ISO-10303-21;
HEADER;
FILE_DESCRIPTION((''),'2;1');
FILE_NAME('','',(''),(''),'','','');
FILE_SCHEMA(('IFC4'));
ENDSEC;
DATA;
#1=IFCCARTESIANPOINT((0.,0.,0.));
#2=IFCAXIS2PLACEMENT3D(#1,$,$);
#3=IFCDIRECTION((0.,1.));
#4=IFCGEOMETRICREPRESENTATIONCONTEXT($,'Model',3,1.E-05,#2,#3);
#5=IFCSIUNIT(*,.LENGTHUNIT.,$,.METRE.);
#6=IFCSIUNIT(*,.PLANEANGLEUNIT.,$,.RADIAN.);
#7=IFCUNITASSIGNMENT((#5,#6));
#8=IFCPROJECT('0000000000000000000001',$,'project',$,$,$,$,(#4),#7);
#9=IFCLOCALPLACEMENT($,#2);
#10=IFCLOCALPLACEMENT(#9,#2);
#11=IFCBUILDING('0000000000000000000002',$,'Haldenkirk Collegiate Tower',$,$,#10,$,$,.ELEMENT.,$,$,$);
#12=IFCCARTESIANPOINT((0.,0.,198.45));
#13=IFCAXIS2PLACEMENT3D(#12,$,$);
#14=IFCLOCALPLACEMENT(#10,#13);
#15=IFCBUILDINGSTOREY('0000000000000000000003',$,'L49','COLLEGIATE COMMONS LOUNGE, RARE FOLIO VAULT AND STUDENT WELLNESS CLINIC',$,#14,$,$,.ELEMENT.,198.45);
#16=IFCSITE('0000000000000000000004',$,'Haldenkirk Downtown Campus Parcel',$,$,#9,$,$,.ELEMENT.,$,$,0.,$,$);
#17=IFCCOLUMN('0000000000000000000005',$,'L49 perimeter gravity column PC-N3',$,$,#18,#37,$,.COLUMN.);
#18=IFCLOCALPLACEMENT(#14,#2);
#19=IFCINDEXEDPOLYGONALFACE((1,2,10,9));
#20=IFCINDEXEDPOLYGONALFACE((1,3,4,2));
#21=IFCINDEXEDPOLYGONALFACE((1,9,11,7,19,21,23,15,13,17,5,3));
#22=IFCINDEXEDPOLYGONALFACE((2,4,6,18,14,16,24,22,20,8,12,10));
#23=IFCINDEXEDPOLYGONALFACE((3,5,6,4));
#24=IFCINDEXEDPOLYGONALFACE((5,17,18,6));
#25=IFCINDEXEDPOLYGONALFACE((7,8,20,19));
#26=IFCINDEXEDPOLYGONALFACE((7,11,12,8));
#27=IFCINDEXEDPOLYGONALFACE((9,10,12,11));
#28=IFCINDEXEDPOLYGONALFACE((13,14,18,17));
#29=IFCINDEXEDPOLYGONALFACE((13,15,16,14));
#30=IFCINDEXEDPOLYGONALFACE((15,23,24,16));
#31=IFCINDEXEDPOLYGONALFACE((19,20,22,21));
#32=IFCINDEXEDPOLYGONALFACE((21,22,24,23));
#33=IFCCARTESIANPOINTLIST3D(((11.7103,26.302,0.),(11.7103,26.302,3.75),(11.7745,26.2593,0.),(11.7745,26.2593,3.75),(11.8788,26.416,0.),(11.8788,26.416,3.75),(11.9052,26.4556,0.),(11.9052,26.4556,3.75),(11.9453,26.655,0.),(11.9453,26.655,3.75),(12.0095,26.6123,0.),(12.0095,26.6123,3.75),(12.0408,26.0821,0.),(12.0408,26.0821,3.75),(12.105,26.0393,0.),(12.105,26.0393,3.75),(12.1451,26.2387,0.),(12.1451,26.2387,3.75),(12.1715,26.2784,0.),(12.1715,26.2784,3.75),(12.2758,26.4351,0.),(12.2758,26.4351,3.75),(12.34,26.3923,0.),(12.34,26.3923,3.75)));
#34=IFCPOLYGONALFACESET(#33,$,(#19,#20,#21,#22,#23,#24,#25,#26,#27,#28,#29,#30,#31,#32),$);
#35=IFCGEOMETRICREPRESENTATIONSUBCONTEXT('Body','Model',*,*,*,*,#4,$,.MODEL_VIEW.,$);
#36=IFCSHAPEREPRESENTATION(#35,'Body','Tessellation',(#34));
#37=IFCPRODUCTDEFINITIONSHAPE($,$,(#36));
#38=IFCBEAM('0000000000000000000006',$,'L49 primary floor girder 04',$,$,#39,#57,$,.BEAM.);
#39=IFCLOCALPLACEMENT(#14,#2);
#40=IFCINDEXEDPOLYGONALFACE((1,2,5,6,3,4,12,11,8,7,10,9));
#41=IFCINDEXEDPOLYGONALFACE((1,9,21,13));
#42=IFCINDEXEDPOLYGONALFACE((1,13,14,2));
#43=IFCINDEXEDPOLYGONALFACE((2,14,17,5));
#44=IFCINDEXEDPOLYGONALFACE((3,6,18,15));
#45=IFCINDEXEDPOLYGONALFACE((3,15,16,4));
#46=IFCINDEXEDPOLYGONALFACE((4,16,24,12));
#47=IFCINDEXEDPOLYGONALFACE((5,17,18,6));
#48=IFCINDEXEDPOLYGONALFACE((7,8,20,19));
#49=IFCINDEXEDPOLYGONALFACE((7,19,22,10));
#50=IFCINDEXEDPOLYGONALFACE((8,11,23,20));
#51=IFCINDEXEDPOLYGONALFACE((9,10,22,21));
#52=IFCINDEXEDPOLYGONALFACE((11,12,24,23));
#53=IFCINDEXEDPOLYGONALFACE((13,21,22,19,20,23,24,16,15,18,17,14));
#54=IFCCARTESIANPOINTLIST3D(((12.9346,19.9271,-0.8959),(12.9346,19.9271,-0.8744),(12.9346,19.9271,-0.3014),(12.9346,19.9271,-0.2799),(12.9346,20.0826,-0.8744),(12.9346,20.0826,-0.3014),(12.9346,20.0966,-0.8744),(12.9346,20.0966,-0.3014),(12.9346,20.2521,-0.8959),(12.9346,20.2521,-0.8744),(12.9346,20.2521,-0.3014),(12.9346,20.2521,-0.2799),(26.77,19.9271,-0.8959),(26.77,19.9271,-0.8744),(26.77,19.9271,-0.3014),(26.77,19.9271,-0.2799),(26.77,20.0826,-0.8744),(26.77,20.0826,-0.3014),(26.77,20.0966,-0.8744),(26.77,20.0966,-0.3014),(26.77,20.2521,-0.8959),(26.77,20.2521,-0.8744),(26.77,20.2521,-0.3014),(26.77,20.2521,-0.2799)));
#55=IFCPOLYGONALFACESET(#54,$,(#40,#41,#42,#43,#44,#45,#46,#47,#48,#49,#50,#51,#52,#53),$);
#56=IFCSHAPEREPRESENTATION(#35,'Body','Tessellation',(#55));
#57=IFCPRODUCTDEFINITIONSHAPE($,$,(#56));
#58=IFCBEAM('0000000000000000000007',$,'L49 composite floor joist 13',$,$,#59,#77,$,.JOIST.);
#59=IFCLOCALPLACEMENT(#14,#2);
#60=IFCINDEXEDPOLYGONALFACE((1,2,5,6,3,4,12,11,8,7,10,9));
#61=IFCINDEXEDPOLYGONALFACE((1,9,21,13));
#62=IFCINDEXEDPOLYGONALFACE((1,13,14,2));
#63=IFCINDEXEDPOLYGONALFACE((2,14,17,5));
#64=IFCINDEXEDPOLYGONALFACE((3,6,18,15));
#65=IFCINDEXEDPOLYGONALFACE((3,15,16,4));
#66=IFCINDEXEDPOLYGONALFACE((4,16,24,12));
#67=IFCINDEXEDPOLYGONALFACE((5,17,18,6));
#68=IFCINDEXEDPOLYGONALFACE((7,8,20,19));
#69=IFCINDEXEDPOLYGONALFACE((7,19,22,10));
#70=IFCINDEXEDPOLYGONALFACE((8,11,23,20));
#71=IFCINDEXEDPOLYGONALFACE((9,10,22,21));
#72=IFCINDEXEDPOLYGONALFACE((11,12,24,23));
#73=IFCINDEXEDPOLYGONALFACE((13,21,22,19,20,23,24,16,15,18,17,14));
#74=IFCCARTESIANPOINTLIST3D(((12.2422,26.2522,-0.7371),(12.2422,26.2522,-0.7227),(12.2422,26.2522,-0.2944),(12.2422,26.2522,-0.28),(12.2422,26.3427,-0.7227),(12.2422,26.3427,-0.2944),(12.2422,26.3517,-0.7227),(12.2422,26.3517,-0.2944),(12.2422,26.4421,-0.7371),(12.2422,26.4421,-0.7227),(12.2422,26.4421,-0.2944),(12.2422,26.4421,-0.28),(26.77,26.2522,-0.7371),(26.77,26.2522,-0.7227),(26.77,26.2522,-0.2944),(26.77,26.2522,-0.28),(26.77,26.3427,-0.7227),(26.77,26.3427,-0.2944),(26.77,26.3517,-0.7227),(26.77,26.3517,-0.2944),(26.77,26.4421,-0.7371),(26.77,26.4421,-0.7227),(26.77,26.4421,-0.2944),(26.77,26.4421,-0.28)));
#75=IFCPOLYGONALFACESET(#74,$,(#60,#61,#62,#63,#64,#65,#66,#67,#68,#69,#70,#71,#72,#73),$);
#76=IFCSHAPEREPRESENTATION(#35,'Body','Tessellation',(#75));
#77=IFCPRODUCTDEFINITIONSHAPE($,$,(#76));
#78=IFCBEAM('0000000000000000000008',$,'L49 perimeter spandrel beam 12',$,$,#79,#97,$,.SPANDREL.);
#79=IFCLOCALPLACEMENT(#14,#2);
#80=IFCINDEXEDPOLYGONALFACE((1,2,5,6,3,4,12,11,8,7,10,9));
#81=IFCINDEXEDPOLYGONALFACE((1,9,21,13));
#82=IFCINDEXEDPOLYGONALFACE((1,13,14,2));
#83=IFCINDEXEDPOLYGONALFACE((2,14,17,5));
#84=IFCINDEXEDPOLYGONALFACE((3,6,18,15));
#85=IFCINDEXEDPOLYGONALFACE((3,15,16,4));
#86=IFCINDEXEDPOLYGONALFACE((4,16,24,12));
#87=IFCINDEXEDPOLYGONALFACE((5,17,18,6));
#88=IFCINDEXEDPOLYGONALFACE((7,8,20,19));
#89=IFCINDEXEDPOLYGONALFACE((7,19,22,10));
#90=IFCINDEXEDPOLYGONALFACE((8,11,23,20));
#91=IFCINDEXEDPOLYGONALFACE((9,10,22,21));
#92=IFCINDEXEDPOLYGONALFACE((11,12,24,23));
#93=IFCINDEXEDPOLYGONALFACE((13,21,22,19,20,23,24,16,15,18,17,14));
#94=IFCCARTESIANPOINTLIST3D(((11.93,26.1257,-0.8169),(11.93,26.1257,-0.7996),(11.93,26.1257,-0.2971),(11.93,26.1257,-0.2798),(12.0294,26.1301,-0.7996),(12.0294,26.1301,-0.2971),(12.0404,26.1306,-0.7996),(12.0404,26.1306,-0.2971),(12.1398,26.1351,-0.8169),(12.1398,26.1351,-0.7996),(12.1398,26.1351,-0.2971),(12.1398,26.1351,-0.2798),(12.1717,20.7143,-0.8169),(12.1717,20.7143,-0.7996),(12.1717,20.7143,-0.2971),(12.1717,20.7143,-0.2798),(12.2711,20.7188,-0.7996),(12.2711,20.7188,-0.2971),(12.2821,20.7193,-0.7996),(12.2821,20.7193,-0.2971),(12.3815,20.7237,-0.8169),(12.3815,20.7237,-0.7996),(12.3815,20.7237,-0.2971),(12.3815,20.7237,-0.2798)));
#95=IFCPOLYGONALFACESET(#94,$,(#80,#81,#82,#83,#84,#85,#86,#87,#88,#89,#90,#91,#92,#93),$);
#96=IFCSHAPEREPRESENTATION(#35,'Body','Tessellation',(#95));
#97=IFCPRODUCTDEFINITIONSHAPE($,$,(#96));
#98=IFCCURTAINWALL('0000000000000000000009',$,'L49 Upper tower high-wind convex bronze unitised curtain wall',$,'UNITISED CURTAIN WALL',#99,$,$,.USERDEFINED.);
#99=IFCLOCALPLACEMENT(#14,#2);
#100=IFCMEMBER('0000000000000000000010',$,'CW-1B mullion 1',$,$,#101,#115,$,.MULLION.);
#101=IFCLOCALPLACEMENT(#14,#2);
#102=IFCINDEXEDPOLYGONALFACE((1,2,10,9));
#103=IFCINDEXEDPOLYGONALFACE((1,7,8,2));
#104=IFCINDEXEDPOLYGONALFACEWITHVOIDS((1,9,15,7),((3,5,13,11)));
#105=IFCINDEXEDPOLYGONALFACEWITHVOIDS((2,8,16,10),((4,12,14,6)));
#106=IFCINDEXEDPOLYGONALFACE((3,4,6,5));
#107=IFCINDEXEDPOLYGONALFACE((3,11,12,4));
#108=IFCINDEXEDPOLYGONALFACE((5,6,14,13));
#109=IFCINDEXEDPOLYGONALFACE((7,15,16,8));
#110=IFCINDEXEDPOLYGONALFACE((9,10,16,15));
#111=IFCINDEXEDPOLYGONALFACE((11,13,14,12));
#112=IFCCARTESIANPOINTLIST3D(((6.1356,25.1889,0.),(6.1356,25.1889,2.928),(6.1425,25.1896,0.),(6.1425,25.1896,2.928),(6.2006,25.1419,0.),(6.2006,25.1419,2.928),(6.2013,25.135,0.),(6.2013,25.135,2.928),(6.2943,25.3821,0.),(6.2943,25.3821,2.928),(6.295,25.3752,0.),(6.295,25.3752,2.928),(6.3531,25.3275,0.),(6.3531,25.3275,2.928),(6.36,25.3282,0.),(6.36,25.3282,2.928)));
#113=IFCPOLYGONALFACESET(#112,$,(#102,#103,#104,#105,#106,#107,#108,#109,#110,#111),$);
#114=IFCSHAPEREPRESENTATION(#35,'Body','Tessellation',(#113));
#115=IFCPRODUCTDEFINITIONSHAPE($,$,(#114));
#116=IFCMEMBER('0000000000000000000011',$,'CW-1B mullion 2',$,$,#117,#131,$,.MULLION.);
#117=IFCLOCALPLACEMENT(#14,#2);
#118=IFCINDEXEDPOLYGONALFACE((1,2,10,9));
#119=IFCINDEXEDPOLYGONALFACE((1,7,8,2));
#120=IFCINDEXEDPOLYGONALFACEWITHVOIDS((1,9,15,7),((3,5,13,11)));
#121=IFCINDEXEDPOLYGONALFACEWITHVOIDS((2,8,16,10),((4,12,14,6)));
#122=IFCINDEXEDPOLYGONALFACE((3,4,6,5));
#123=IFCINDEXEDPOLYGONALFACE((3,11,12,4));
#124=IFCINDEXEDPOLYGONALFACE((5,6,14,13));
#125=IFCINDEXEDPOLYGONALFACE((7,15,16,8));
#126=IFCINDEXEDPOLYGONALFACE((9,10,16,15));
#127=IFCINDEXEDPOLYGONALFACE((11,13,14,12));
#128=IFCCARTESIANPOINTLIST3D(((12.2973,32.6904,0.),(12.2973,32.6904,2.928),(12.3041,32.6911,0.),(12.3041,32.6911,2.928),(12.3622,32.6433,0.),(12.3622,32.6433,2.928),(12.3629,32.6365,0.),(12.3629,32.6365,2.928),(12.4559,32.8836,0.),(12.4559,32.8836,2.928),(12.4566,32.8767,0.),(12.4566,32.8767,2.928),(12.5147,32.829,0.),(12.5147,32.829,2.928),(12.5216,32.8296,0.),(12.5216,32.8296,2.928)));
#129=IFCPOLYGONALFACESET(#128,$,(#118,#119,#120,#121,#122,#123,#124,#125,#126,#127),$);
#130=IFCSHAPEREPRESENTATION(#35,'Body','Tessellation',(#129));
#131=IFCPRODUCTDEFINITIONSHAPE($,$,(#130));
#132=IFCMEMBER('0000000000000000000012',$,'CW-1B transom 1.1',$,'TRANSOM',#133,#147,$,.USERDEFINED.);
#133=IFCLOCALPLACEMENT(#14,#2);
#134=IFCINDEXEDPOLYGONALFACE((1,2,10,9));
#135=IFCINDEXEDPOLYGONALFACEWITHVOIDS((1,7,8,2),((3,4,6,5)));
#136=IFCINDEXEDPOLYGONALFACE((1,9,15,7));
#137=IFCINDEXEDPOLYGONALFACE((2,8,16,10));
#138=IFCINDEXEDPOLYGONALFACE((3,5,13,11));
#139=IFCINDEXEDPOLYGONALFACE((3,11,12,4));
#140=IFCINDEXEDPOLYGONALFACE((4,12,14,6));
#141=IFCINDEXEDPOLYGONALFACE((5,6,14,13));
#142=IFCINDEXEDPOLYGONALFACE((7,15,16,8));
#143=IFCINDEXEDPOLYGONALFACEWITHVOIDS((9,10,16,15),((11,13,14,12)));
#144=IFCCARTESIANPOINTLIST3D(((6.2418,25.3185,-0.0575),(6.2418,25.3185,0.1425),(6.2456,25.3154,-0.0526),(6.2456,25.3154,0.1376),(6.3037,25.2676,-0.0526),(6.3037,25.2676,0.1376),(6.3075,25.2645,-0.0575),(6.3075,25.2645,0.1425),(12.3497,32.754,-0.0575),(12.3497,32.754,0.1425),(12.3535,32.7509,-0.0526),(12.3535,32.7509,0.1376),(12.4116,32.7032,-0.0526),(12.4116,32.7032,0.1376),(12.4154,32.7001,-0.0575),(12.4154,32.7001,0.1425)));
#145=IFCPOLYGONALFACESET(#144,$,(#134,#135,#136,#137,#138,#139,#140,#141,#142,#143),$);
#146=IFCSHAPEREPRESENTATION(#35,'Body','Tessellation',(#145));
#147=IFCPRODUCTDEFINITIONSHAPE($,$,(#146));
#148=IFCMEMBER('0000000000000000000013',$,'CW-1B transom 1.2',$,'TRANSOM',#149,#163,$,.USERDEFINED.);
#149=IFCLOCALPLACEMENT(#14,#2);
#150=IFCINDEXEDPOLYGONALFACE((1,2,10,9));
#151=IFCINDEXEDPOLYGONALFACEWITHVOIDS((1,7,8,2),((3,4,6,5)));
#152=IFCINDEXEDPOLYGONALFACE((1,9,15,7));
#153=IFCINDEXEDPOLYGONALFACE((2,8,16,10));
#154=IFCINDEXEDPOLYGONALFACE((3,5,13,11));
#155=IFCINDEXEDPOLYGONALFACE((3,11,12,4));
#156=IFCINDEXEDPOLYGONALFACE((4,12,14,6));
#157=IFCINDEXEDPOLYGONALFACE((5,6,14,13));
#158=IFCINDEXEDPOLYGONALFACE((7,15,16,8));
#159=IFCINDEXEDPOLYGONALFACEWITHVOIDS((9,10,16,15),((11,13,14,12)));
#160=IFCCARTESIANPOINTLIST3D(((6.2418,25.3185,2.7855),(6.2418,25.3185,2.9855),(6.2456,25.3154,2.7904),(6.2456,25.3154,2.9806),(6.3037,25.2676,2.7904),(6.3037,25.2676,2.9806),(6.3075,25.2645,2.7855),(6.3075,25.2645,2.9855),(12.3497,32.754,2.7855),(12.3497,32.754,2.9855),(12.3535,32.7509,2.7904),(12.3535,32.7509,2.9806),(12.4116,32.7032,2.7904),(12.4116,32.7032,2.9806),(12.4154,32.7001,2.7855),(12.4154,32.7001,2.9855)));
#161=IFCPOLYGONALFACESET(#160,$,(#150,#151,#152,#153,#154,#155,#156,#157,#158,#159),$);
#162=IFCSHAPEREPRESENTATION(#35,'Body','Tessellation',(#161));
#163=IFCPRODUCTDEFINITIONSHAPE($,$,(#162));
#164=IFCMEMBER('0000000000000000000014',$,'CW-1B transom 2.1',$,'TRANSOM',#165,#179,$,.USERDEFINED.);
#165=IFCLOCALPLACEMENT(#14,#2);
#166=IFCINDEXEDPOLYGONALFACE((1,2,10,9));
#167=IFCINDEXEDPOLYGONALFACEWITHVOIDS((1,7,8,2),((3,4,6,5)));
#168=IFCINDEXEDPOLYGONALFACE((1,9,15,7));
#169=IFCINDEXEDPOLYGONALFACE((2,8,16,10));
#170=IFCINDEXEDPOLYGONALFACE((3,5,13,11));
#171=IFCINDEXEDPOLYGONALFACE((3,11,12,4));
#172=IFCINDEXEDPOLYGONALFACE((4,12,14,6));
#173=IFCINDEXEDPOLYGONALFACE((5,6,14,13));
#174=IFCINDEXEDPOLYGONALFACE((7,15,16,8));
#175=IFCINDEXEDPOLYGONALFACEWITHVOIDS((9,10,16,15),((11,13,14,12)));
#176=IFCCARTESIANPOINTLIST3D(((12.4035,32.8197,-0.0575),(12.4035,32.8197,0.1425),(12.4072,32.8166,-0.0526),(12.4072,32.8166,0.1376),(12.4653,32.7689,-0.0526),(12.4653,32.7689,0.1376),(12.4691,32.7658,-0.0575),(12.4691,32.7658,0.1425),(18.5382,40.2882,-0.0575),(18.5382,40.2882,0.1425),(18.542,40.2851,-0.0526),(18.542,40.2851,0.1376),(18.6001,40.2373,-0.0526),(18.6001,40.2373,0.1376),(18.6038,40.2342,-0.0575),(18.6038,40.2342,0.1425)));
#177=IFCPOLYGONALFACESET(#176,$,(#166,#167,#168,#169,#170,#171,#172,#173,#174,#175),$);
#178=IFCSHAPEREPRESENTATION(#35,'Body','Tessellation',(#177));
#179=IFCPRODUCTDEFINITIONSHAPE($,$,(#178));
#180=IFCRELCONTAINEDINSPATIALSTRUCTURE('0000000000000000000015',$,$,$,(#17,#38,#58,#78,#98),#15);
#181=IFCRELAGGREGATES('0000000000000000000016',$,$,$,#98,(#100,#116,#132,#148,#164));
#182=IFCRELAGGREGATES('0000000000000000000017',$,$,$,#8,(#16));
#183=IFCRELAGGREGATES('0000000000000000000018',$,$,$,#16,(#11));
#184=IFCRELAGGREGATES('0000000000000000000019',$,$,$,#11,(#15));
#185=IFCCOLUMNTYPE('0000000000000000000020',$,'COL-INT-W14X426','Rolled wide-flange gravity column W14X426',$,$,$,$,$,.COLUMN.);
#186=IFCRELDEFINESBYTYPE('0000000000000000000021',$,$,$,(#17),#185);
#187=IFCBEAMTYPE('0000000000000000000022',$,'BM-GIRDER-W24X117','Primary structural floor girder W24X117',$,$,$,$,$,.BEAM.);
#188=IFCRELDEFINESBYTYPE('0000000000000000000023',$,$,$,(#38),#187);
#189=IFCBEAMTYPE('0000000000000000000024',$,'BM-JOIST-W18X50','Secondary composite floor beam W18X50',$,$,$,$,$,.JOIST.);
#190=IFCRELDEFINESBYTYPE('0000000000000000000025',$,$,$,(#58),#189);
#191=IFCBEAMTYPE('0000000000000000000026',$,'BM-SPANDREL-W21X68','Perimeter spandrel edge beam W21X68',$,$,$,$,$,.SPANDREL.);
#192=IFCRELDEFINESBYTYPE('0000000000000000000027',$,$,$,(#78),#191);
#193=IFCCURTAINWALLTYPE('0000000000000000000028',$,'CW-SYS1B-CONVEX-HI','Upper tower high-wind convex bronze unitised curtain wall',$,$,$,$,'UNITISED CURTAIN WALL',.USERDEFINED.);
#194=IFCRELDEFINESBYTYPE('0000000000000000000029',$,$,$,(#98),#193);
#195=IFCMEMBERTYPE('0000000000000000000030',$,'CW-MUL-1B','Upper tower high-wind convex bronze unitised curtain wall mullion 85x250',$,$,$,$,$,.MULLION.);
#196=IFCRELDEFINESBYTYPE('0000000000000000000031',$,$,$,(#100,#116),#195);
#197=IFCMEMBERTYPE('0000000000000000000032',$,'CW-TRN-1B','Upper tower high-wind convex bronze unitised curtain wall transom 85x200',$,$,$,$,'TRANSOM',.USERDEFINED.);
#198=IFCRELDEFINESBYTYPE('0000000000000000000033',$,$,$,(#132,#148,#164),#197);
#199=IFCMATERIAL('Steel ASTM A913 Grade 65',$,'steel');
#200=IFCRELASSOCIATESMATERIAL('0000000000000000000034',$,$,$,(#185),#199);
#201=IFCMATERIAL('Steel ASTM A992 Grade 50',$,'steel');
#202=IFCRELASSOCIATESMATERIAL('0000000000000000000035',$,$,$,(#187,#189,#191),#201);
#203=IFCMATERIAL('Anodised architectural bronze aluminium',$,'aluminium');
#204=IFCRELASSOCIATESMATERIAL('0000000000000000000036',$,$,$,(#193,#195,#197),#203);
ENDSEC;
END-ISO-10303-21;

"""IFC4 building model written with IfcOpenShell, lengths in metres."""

from ifc_helpers import new_model, si_unit, direction, frame, origin, origin_2d, place, context, subcontext, project, spatial, hollow_rectangle, i_section, extrude, material, material_profile, profile_set, type_object, element, aggregate, save


model = new_model("IFC4")

# Units and contexts
model_context = context("Model", 3, precision=1e-05, world=origin(), true_north=direction((0.0, 1.0)))
body_context = subcontext(model_context, "Body", "Model", "MODEL_VIEW")
ifc_project = project(units=[si_unit("LENGTHUNIT", "METRE"), si_unit("PLANEANGLEUNIT", "RADIAN")], contexts=[model_context])

# Site, building, storey
site_placement = place(None, origin())
site = spatial("IfcSite", under=ifc_project, at=site_placement, Name="Haldenkirk Downtown Campus Parcel", CompositionType="ELEMENT", RefElevation=0.0)
building_placement = place(site_placement, origin())
building = spatial("IfcBuilding", under=site, at=building_placement, Name="Haldenkirk Collegiate Tower", CompositionType="ELEMENT")
storey_placement = place(building_placement, frame((0.0, 0.0, 198.45)))
storey = spatial("IfcBuildingStorey", under=building, at=storey_placement, Name="L49", Description="COLLEGIATE COMMONS LOUNGE, RARE FOLIO VAULT AND STUDENT WELLNESS CLINIC", CompositionType="ELEMENT", Elevation=198.45)

# Column
ifc_material_1 = material(Name="Steel ASTM A913 Grade 65", Category="steel")
ifc_material_profile_1 = material_profile(ifc_material_1, i_section(OverallWidth=0.4241, OverallDepth=0.4741, WebThickness=0.0476, FlangeThickness=0.0771, at=origin_2d()), Name="W14X426")
ifc_profile_set_1 = profile_set([ifc_material_profile_1], Name="Steel ASTM A913 Grade 65")
column_type = type_object("IfcColumnType", Name="COL-INT-W14X426", Description="Rolled wide-flange gravity column W14X426", PredefinedType="COLUMN", material=ifc_profile_set_1)
column_placement = place(storey_placement, frame((12.0251, 26.3472, 0.0), z_axis=(0.0, 0.0, 1.0), x_axis=(0.554118, 0.832438, 0.0)))
element("IfcColumn", 1, at=column_placement, inside=storey, type_object=column_type, Name="L49 perimeter gravity column PC-N3", PredefinedType="COLUMN", context=body_context, shape_type="SweptSolid", body=[
    extrude(i_section(OverallWidth=0.4241, OverallDepth=0.4741, WebThickness=0.0476, FlangeThickness=0.0771, at=origin_2d()), origin(), (0.0, 0.0, 1.0), 3.75),
])

# Beams
ifc_material_2 = material(Name="Steel ASTM A992 Grade 50", Category="steel")
ifc_material_profile_2 = material_profile(ifc_material_2, i_section(OverallWidth=0.325, OverallDepth=0.616, WebThickness=0.0139, FlangeThickness=0.0215, at=origin_2d()), Name="W24X117")
ifc_profile_set_2 = profile_set([ifc_material_profile_2], Name="Steel ASTM A992 Grade 50")
beam_type_1 = type_object("IfcBeamType", Name="BM-GIRDER-W24X117", Description="Primary structural floor girder W24X117", PredefinedType="BEAM", material=ifc_profile_set_2)
beam_1_placement = place(storey_placement, frame((12.9346, 20.0896, -0.5879), z_axis=(1.0, 0.0, 0.0), x_axis=(0.0, 1.0, 0.0)))
element("IfcBeam", 2, at=beam_1_placement, inside=storey, type_object=beam_type_1, Name="L49 primary floor girder 04", PredefinedType="BEAM", context=body_context, shape_type="SweptSolid", body=[
    extrude(i_section(OverallWidth=0.325, OverallDepth=0.616, WebThickness=0.0139, FlangeThickness=0.0215, at=origin_2d()), origin(), (0.0, 0.0, 1.0), 13.8354),
])
ifc_material_profile_3 = material_profile(ifc_material_2, i_section(OverallWidth=0.1899, OverallDepth=0.457, WebThickness=0.009, FlangeThickness=0.0144, at=origin_2d()), Name="W18X50")
ifc_profile_set_3 = profile_set([ifc_material_profile_3], Name="Steel ASTM A992 Grade 50")
beam_type_2 = type_object("IfcBeamType", Name="BM-JOIST-W18X50", Description="Secondary composite floor beam W18X50", PredefinedType="JOIST", material=ifc_profile_set_3)
beam_2_placement = place(storey_placement, frame((12.2422, 26.3472, -0.5085), z_axis=(1.0, 0.0, 0.0), x_axis=(0.0, 1.0, 0.0)))
element("IfcBeam", 3, at=beam_2_placement, inside=storey, type_object=beam_type_2, Name="L49 composite floor joist 13", PredefinedType="JOIST", context=body_context, shape_type="SweptSolid", body=[
    extrude(i_section(OverallWidth=0.1899, OverallDepth=0.457, WebThickness=0.009, FlangeThickness=0.0144, at=origin_2d()), origin(), (0.0, 0.0, 1.0), 14.5278),
])
ifc_material_profile_4 = material_profile(ifc_material_2, i_section(OverallWidth=0.21, OverallDepth=0.5371, WebThickness=0.011, FlangeThickness=0.0173, at=origin_2d()), Name="W21X68")
ifc_profile_set_4 = profile_set([ifc_material_profile_4], Name="Steel ASTM A992 Grade 50")
beam_type_3 = type_object("IfcBeamType", Name="BM-SPANDREL-W21X68", Description="Perimeter spandrel edge beam W21X68", PredefinedType="SPANDREL", material=ifc_profile_set_4)
beam_3_placement = place(storey_placement, frame((12.0349, 26.1304, -0.5483), z_axis=(0.044621, -0.999004, 0.0), x_axis=(0.999004, 0.044621, 0.0)))
element("IfcBeam", 4, at=beam_3_placement, inside=storey, type_object=beam_type_3, Name="L49 perimeter spandrel beam 12", PredefinedType="SPANDREL", context=body_context, shape_type="SweptSolid", body=[
    extrude(i_section(OverallWidth=0.21, OverallDepth=0.5371, WebThickness=0.011, FlangeThickness=0.0173, at=origin_2d()), origin(), (0.0, 0.0, 1.0), 5.4167),
])

# Curtain wall, members
ifc_material_3 = material(Name="Anodised architectural bronze aluminium", Category="aluminium")
curtain_wall_type = type_object("IfcCurtainWallType", Name="CW-SYS1B-CONVEX-HI", Description="Upper tower high-wind convex bronze unitised curtain wall", ElementType="UNITISED CURTAIN WALL", PredefinedType="USERDEFINED", material=ifc_material_3)
curtain_wall_placement = place(storey_placement, origin())
curtain_wall = element("IfcCurtainWall", 5, at=curtain_wall_placement, inside=storey, type_object=curtain_wall_type, Name="L49 Upper tower high-wind convex bronze unitised curtain wall", ObjectType="UNITISED CURTAIN WALL", PredefinedType="USERDEFINED")
ifc_material_profile_5 = material_profile(ifc_material_3, hollow_rectangle(XDim=0.085, YDim=0.25, WallThickness=0.0049, at=origin_2d()), Name="CW-MUL-1B")
ifc_profile_set_5 = profile_set([ifc_material_profile_5], Name="Anodised architectural bronze aluminium")
member_type_1 = type_object("IfcMemberType", Name="CW-MUL-1B", Description="Upper tower high-wind convex bronze unitised curtain wall mullion 85x250", PredefinedType="MULLION", material=ifc_profile_set_5)
member_1_placement = place(storey_placement, frame((6.2478, 25.2585, 0.0), z_axis=(0.0, 0.0, 1.0), x_axis=(-0.772732, 0.634732, 0.0)))
member_1 = element("IfcMember", 6, at=member_1_placement, type_object=member_type_1, Name="CW-1B mullion 1", PredefinedType="MULLION", context=body_context, shape_type="SweptSolid", body=[
    extrude(hollow_rectangle(XDim=0.085, YDim=0.25, WallThickness=0.0049, at=origin_2d()), origin(), (0.0, 0.0, 1.0), 2.928),
])
member_2_placement = place(storey_placement, frame((12.4094, 32.76, 0.0), z_axis=(0.0, 0.0, 1.0), x_axis=(-0.772732, 0.634732, 0.0)))
member_2 = element("IfcMember", 7, at=member_2_placement, type_object=member_type_1, Name="CW-1B mullion 2", PredefinedType="MULLION", context=body_context, shape_type="SweptSolid", body=[
    extrude(hollow_rectangle(XDim=0.085, YDim=0.25, WallThickness=0.0049, at=origin_2d()), origin(), (0.0, 0.0, 1.0), 2.928),
])
ifc_material_profile_6 = material_profile(ifc_material_3, hollow_rectangle(XDim=0.085, YDim=0.2, WallThickness=0.0049, at=origin_2d()), Name="CW-TRN-1B")
ifc_profile_set_6 = profile_set([ifc_material_profile_6], Name="Anodised architectural bronze aluminium")
member_type_2 = type_object("IfcMemberType", Name="CW-TRN-1B", Description="Upper tower high-wind convex bronze unitised curtain wall transom 85x200", ElementType="TRANSOM", PredefinedType="USERDEFINED", material=ifc_profile_set_6)
member_3_placement = place(storey_placement, frame((6.2747, 25.2915, 0.0425), z_axis=(0.634748, 0.772719, 0.0), x_axis=(-0.772719, 0.634748, 0.0)))
member_3 = element("IfcMember", 8, at=member_3_placement, type_object=member_type_2, Name="CW-1B transom 1.1", ObjectType="TRANSOM", PredefinedType="USERDEFINED", context=body_context, shape_type="SweptSolid", body=[
    extrude(hollow_rectangle(XDim=0.085, YDim=0.2, WallThickness=0.0049, at=origin_2d()), origin(), (0.0, 0.0, 1.0), 9.6226),
])
member_4_placement = place(storey_placement, frame((6.2747, 25.2915, 2.8855), z_axis=(0.634748, 0.772719, 0.0), x_axis=(-0.772719, 0.634748, 0.0)))
member_4 = element("IfcMember", 9, at=member_4_placement, type_object=member_type_2, Name="CW-1B transom 1.2", ObjectType="TRANSOM", PredefinedType="USERDEFINED", context=body_context, shape_type="SweptSolid", body=[
    extrude(hollow_rectangle(XDim=0.085, YDim=0.2, WallThickness=0.0049, at=origin_2d()), origin(), (0.0, 0.0, 1.0), 9.6226),
])
member_5_placement = place(storey_placement, frame((12.4363, 32.7927, 0.0425), z_axis=(0.634735, 0.77273, 0.0), x_axis=(-0.77273, 0.634735, 0.0)))
member_5 = element("IfcMember", 10, at=member_5_placement, type_object=member_type_2, Name="CW-1B transom 2.1", ObjectType="TRANSOM", PredefinedType="USERDEFINED", context=body_context, shape_type="SweptSolid", body=[
    extrude(hollow_rectangle(XDim=0.085, YDim=0.2, WallThickness=0.0049, at=origin_2d()), origin(), (0.0, 0.0, 1.0), 9.665),
])
aggregate(curtain_wall, [member_1, member_2, member_3, member_4, member_5])

save(model, "model.ifc")
